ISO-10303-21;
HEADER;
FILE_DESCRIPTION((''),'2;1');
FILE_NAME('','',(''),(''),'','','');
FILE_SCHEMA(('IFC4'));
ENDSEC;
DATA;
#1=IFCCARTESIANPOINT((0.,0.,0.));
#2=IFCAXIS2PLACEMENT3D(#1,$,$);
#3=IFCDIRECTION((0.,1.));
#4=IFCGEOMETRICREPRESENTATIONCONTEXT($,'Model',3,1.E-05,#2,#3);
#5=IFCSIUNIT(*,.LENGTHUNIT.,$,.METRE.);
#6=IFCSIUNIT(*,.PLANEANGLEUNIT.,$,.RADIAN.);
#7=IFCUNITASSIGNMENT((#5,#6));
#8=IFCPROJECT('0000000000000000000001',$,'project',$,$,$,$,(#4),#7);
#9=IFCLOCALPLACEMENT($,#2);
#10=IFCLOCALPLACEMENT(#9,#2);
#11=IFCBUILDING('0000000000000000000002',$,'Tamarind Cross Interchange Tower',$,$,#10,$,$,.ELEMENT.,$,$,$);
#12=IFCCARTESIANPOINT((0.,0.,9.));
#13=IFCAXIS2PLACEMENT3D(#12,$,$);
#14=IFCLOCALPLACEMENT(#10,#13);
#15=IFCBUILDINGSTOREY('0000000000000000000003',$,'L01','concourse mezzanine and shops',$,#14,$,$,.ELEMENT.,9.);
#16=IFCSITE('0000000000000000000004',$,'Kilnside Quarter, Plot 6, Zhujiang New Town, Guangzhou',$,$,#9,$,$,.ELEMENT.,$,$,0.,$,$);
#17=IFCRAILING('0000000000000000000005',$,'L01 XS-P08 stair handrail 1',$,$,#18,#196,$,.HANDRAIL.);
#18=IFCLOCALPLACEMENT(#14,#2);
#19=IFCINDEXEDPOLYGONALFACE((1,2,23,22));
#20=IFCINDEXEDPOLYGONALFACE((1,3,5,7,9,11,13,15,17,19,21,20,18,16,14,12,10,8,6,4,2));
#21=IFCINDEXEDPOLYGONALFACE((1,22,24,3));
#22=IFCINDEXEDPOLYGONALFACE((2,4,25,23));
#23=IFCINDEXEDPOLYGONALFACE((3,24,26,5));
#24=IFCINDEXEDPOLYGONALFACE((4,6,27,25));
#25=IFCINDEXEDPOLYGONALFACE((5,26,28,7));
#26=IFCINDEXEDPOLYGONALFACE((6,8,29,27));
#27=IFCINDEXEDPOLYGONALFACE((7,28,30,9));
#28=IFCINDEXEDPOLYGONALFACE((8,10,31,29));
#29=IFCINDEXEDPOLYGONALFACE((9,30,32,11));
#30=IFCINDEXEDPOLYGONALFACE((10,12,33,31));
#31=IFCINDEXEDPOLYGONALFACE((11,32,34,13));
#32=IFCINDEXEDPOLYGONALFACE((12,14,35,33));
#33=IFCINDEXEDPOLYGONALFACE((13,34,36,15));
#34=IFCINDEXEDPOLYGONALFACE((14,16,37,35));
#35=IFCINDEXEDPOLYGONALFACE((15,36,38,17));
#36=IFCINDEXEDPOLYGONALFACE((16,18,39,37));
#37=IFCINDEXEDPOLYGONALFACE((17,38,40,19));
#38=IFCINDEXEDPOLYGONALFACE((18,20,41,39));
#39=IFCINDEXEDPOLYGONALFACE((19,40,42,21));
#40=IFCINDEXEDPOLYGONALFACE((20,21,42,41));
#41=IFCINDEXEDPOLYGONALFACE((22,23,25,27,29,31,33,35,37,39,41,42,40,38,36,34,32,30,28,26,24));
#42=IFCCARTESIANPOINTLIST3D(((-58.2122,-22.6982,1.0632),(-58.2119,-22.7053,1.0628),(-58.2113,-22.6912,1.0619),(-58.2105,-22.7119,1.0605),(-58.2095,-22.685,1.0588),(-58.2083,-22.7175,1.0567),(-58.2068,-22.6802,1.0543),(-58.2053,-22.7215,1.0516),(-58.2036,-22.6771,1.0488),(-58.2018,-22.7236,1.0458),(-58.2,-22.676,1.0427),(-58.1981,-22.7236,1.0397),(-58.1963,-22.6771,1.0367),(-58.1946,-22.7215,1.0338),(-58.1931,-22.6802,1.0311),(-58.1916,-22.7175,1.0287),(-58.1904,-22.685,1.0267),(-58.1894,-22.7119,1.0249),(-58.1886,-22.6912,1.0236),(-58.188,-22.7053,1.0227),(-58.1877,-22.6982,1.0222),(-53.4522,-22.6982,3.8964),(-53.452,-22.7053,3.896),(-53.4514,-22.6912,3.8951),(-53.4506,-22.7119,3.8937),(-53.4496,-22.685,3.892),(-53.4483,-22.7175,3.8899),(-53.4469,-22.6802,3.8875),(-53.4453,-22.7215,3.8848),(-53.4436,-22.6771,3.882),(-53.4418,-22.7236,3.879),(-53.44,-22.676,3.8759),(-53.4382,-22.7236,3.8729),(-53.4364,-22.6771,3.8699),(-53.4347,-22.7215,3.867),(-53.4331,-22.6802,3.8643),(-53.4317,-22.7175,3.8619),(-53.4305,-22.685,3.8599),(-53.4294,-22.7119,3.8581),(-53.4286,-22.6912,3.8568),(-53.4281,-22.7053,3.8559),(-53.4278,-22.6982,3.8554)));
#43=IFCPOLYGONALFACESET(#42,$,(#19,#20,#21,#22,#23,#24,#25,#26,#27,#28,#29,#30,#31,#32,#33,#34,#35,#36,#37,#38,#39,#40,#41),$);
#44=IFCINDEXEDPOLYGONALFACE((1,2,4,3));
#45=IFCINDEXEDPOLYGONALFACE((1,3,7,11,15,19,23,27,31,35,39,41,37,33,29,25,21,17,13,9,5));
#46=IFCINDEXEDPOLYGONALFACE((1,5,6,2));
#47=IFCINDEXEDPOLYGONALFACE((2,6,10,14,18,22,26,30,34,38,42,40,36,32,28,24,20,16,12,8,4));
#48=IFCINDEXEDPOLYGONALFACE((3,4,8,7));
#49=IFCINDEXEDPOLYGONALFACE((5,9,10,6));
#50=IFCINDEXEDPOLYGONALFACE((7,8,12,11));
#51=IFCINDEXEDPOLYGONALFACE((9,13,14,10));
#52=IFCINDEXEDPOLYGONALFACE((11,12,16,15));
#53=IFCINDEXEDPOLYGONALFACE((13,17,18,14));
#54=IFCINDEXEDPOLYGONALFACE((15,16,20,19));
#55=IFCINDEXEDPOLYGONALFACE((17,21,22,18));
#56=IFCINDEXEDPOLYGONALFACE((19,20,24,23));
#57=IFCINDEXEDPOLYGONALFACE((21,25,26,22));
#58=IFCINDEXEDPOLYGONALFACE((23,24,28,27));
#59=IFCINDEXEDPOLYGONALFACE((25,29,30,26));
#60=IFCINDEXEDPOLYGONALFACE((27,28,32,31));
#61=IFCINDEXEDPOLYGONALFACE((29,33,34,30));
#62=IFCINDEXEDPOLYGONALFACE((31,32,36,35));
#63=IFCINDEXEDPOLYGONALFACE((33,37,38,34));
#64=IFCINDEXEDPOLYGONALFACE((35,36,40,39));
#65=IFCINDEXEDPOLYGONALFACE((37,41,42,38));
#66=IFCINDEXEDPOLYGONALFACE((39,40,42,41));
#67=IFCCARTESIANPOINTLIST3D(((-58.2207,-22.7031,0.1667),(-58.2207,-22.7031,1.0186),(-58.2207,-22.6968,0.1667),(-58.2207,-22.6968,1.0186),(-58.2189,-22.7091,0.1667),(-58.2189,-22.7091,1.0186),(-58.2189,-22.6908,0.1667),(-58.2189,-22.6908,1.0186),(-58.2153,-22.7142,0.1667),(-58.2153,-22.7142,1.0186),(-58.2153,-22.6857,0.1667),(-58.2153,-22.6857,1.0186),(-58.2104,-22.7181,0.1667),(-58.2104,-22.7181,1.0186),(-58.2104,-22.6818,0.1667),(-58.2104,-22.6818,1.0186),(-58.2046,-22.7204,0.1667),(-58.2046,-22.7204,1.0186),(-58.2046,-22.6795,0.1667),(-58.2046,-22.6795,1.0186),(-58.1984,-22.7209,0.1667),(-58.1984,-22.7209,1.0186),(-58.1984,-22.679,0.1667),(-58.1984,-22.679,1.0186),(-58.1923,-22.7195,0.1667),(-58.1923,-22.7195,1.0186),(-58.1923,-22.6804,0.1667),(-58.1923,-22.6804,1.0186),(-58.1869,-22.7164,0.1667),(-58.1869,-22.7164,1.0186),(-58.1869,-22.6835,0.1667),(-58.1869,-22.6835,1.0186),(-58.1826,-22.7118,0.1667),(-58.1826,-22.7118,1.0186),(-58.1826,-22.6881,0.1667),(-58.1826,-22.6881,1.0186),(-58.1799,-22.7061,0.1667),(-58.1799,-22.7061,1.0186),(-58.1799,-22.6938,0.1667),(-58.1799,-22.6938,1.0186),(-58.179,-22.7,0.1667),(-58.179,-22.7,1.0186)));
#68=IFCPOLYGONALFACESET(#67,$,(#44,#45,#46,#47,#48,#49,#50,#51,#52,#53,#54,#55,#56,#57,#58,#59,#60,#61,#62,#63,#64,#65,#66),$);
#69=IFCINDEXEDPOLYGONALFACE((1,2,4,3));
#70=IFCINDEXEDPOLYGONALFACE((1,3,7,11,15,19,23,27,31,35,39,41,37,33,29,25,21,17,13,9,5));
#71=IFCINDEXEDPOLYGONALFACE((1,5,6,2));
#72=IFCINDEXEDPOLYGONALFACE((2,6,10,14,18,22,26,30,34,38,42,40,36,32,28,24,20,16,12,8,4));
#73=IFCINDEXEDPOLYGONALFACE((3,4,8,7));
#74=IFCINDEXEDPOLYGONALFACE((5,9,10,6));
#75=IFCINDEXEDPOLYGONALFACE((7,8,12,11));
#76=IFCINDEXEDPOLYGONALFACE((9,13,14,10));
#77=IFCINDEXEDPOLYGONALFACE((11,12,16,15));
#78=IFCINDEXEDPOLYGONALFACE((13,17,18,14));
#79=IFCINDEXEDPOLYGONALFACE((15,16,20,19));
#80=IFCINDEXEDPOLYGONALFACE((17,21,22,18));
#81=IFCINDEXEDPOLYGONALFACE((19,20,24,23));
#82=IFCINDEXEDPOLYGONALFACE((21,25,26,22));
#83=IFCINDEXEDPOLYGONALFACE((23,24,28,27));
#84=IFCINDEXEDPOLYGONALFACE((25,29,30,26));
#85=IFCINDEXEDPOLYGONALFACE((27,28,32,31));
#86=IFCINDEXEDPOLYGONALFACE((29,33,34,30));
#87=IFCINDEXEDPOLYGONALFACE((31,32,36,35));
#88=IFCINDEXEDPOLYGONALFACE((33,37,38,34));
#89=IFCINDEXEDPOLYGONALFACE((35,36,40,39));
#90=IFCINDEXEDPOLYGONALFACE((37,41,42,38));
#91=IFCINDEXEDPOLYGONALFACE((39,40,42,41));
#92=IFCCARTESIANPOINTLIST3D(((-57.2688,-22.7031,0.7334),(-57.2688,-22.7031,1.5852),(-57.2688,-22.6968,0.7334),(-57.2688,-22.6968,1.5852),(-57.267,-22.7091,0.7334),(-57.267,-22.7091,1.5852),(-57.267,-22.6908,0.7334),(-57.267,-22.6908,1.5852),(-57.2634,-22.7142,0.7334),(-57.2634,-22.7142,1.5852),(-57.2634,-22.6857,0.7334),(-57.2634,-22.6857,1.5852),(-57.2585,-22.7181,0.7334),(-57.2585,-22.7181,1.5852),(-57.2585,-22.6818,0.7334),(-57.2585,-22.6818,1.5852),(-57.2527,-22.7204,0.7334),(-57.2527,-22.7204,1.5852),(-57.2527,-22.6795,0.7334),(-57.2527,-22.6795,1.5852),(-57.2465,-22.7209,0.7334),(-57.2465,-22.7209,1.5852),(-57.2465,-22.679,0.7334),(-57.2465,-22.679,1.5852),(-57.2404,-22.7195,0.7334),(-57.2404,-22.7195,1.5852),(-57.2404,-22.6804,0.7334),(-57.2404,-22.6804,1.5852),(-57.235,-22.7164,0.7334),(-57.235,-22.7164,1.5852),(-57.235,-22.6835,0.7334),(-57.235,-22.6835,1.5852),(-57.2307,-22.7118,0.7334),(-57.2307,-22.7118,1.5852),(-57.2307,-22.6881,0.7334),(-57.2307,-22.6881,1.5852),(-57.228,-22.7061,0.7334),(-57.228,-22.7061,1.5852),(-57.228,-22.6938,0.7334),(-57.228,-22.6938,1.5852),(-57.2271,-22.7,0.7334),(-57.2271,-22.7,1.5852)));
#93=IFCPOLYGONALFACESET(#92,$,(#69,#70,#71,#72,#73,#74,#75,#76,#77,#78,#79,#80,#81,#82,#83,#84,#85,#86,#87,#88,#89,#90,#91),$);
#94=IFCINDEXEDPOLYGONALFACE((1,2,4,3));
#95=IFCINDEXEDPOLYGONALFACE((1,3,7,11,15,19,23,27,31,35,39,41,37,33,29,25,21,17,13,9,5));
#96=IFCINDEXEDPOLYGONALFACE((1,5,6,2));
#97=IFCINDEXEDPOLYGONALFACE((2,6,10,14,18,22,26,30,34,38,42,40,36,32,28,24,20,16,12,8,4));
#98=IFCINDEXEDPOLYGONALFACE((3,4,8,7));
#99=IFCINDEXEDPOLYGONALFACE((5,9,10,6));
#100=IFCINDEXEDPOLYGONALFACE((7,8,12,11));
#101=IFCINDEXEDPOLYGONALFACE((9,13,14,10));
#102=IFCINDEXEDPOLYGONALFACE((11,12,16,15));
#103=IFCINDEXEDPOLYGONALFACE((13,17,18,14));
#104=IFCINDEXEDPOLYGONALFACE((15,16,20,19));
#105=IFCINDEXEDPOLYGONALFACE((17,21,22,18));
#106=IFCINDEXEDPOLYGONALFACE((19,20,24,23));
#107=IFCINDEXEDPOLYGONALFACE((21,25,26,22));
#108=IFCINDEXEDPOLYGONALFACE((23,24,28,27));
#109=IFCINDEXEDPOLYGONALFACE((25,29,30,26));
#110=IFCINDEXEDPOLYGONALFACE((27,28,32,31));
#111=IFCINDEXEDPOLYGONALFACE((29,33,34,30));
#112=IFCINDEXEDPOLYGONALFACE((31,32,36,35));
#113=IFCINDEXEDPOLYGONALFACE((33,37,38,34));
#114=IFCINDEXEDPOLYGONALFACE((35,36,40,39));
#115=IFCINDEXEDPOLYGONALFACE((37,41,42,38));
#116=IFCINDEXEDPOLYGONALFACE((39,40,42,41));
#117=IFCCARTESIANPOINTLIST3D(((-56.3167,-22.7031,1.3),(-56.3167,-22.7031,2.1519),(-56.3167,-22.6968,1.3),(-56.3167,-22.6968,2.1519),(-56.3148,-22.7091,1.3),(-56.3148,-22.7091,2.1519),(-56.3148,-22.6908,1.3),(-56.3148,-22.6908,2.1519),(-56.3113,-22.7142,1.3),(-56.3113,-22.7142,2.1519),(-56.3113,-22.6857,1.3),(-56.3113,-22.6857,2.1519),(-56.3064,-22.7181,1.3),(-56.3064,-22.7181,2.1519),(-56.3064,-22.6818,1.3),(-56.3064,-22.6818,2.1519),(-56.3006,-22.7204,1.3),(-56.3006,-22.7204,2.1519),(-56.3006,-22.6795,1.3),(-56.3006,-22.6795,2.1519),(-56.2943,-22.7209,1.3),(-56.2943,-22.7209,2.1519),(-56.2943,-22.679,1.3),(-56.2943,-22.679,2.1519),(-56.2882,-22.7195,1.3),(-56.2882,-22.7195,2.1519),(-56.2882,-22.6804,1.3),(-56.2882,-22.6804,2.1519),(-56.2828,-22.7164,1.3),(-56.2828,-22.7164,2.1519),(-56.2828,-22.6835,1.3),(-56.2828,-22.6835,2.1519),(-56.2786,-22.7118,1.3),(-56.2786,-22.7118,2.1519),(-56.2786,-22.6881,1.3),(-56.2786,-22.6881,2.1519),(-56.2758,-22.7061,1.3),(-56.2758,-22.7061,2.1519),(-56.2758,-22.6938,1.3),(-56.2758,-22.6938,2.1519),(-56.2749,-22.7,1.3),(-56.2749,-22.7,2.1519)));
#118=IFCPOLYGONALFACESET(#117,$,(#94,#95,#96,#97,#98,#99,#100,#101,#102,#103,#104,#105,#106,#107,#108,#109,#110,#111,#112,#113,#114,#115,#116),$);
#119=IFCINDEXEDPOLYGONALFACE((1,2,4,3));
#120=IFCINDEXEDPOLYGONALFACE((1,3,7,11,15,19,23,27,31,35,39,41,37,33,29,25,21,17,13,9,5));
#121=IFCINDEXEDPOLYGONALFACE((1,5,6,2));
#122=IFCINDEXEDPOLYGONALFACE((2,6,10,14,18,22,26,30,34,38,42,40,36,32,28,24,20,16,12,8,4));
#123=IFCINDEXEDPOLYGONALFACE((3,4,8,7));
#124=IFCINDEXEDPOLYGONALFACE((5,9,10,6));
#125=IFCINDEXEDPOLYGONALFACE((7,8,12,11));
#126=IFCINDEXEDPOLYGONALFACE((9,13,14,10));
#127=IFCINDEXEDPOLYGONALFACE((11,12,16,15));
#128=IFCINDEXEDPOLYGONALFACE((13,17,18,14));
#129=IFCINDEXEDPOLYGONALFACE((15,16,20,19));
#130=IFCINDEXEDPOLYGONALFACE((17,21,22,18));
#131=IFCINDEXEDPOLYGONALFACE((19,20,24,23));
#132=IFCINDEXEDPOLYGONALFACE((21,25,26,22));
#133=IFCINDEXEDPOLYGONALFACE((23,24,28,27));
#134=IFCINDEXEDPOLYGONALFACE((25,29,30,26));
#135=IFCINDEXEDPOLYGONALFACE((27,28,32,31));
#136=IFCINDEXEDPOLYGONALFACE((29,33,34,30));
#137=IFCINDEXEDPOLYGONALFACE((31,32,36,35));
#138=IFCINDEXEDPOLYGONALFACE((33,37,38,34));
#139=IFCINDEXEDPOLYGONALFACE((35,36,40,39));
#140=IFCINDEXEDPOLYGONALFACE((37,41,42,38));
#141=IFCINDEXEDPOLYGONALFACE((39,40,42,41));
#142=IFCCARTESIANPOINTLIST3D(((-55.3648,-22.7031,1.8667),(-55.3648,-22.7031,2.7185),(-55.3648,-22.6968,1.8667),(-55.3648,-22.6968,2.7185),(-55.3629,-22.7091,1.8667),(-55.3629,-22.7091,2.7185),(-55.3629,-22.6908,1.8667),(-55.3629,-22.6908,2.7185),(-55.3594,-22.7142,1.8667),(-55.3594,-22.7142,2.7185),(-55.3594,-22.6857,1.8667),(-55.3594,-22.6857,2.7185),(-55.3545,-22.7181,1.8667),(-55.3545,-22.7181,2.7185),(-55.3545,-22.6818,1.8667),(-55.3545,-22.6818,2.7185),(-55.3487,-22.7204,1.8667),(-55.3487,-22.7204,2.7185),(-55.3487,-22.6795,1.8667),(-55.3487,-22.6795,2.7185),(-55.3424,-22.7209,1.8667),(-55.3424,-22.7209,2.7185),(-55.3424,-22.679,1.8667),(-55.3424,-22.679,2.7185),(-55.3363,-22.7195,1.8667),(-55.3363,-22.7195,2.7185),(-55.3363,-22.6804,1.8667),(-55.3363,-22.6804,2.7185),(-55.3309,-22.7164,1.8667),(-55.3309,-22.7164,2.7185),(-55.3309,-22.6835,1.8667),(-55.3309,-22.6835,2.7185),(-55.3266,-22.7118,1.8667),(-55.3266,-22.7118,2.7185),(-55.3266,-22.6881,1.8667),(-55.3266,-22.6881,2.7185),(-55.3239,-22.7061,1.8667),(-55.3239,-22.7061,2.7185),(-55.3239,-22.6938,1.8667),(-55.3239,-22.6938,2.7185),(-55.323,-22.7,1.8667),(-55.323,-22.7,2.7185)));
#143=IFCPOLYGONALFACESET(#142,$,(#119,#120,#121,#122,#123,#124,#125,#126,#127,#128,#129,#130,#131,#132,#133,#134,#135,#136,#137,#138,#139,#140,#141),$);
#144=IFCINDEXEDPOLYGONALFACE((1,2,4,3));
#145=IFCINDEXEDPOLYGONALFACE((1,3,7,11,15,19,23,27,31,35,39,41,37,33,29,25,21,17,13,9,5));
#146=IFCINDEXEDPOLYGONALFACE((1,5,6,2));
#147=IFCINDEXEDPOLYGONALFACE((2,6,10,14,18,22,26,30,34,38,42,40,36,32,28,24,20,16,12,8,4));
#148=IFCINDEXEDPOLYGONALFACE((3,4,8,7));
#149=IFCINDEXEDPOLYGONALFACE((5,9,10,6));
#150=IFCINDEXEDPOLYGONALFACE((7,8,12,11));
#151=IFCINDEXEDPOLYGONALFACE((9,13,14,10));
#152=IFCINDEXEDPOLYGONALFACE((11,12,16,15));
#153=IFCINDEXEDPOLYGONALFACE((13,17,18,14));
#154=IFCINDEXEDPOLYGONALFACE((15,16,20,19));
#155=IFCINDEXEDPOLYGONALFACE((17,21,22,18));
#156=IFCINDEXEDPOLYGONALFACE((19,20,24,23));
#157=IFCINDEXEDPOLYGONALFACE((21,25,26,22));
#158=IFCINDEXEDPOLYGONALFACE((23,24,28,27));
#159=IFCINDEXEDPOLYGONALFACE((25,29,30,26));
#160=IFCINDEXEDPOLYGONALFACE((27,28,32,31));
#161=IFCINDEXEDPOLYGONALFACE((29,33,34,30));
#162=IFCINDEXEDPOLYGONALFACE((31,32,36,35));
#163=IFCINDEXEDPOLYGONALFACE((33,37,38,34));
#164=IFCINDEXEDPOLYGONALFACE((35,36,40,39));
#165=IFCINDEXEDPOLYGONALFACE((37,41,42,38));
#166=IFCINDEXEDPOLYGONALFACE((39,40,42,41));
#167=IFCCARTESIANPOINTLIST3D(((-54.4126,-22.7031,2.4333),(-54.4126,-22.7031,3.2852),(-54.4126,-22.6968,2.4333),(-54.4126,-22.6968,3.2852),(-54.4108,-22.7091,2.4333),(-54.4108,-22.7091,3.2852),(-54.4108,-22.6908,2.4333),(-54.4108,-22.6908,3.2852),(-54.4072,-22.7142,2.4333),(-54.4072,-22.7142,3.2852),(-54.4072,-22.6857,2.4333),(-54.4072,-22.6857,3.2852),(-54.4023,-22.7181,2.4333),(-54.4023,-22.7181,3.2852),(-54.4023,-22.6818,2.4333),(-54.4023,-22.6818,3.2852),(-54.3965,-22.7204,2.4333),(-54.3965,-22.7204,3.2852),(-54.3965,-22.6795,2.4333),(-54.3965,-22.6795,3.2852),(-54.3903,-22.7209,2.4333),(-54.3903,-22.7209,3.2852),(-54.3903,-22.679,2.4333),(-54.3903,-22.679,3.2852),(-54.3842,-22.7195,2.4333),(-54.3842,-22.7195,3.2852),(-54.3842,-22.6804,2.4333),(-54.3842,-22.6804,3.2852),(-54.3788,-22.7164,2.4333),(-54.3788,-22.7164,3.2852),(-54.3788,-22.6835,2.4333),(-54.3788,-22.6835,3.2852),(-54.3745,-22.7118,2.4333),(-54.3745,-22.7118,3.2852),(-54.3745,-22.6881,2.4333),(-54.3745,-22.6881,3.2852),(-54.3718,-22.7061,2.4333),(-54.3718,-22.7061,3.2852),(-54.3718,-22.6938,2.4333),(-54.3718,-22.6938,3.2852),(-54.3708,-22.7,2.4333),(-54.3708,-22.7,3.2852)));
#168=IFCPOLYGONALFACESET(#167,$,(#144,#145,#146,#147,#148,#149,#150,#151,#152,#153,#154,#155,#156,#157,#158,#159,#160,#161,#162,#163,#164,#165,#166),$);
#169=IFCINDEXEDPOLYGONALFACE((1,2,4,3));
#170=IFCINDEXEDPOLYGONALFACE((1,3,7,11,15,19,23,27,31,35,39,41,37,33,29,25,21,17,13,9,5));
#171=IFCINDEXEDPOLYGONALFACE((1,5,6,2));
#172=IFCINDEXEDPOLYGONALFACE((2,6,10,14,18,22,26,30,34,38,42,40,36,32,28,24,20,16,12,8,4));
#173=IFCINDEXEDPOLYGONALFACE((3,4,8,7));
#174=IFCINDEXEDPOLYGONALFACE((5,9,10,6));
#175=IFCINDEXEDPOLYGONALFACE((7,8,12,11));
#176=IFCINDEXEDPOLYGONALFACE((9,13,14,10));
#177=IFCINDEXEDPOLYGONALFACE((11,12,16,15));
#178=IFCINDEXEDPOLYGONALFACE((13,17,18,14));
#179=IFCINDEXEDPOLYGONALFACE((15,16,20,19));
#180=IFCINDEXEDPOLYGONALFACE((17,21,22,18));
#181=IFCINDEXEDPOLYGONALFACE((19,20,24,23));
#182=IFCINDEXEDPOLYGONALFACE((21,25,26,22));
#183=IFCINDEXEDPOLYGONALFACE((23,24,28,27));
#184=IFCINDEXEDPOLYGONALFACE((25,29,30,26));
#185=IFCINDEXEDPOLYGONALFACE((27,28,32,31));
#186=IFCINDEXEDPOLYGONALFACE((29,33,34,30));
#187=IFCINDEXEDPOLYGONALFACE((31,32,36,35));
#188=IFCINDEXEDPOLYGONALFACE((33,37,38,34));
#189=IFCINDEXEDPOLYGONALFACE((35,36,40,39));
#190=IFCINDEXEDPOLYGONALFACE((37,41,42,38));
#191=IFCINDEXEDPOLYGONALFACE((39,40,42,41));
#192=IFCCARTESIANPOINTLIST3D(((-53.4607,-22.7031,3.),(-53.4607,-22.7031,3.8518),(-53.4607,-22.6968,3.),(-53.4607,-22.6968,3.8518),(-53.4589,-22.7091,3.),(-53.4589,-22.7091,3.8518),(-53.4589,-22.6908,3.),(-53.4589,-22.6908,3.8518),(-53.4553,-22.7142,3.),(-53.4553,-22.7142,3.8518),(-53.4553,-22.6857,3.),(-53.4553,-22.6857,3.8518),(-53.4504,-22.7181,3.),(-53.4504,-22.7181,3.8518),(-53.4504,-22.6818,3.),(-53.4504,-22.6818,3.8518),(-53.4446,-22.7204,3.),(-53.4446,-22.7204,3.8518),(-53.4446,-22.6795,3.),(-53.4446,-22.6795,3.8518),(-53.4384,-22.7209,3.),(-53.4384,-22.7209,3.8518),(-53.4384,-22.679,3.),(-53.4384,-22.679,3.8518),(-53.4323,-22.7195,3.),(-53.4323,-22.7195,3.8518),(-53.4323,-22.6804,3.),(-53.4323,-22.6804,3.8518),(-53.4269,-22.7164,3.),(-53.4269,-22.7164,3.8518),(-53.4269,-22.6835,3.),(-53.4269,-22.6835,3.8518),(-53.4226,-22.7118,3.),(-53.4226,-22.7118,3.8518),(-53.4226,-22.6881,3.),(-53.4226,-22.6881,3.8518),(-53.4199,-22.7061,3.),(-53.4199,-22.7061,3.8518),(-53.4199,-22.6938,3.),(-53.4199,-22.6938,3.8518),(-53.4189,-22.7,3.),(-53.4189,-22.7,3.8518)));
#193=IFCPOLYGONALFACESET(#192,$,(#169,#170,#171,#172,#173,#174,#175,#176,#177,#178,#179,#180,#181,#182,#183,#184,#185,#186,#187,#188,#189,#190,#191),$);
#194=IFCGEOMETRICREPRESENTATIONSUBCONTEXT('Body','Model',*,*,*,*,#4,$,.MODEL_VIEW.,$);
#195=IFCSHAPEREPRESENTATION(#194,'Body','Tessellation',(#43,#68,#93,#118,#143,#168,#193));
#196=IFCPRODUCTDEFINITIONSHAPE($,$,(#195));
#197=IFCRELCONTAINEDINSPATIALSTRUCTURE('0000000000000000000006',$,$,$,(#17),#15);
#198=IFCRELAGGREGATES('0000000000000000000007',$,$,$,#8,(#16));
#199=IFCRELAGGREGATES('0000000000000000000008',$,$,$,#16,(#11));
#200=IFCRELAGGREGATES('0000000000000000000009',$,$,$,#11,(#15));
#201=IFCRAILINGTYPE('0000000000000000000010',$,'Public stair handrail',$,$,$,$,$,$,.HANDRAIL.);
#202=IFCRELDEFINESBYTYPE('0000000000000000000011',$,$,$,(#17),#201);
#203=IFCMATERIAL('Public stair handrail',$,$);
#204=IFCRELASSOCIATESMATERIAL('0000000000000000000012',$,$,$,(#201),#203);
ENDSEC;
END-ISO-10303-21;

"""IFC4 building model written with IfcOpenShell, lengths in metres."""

from ifc_helpers import new_model, si_unit, direction, frame, origin, origin_2d, place, context, subcontext, project, spatial, circle, extrude, material, type_object, element, save


model = new_model("IFC4")

# Units and contexts
model_context = context("Model", 3, precision=1e-05, world=origin(), true_north=direction((0.0, 1.0)))
body_context = subcontext(model_context, "Body", "Model", "MODEL_VIEW")
ifc_project = project(units=[si_unit("LENGTHUNIT", "METRE"), si_unit("PLANEANGLEUNIT", "RADIAN")], contexts=[model_context])

# Site, building, storey
site_placement = place(None, origin())
site = spatial("IfcSite", under=ifc_project, at=site_placement, Name="Kilnside Quarter, Plot 6, Zhujiang New Town, Guangzhou", CompositionType="ELEMENT", RefElevation=0.0)
building_placement = place(site_placement, origin())
building = spatial("IfcBuilding", under=site, at=building_placement, Name="Tamarind Cross Interchange Tower", CompositionType="ELEMENT")
storey_placement = place(building_placement, frame((0.0, 0.0, 9.0)))
storey = spatial("IfcBuildingStorey", under=building, at=storey_placement, Name="L01", Description="concourse mezzanine and shops", CompositionType="ELEMENT", Elevation=9.0)

# Railing
ifc_material_1 = material(Name="Public stair handrail")
railing_type_1 = type_object("IfcRailingType", Name="Public stair handrail", PredefinedType="HANDRAIL", material=ifc_material_1)
railing_1_placement = place(storey_placement, frame((-58.2, -22.7, 0.1667)))
element("IfcRailing", 1, at=railing_1_placement, inside=storey, type_object=railing_type_1, Name="L01 XS-P08 stair handrail 1", PredefinedType="HANDRAIL", context=body_context, shape_type="SweptSolid", body=[
    extrude(circle(Radius=0.0239, at=origin_2d()), frame((0.0, 0.0, 0.876), z_axis=(0.8593, 0.0, 0.511472), x_axis=(0.0, 1.0, 0.0)), (0.0, 0.0, 1.0), 5.5393),
    extrude(circle(Radius=0.021, at=origin_2d()), origin(), (0.0, 0.0, 1.0), 0.8518),
    extrude(circle(Radius=0.021, at=origin_2d()), frame((0.9519, 0.0, 0.5667)), (0.0, 0.0, 1.0), 0.8518),
    extrude(circle(Radius=0.021, at=origin_2d()), frame((1.9041, 0.0, 1.1333)), (0.0, 0.0, 1.0), 0.8518),
    extrude(circle(Radius=0.021, at=origin_2d()), frame((2.856, 0.0, 1.7)), (0.0, 0.0, 1.0), 0.8518),
    extrude(circle(Radius=0.021, at=origin_2d()), frame((3.8081, 0.0, 2.2666)), (0.0, 0.0, 1.0), 0.8518),
    extrude(circle(Radius=0.021, at=origin_2d()), frame((4.76, 0.0, 2.8333)), (0.0, 0.0, 1.0), 0.8518),
])

save(model, "model.ifc")
